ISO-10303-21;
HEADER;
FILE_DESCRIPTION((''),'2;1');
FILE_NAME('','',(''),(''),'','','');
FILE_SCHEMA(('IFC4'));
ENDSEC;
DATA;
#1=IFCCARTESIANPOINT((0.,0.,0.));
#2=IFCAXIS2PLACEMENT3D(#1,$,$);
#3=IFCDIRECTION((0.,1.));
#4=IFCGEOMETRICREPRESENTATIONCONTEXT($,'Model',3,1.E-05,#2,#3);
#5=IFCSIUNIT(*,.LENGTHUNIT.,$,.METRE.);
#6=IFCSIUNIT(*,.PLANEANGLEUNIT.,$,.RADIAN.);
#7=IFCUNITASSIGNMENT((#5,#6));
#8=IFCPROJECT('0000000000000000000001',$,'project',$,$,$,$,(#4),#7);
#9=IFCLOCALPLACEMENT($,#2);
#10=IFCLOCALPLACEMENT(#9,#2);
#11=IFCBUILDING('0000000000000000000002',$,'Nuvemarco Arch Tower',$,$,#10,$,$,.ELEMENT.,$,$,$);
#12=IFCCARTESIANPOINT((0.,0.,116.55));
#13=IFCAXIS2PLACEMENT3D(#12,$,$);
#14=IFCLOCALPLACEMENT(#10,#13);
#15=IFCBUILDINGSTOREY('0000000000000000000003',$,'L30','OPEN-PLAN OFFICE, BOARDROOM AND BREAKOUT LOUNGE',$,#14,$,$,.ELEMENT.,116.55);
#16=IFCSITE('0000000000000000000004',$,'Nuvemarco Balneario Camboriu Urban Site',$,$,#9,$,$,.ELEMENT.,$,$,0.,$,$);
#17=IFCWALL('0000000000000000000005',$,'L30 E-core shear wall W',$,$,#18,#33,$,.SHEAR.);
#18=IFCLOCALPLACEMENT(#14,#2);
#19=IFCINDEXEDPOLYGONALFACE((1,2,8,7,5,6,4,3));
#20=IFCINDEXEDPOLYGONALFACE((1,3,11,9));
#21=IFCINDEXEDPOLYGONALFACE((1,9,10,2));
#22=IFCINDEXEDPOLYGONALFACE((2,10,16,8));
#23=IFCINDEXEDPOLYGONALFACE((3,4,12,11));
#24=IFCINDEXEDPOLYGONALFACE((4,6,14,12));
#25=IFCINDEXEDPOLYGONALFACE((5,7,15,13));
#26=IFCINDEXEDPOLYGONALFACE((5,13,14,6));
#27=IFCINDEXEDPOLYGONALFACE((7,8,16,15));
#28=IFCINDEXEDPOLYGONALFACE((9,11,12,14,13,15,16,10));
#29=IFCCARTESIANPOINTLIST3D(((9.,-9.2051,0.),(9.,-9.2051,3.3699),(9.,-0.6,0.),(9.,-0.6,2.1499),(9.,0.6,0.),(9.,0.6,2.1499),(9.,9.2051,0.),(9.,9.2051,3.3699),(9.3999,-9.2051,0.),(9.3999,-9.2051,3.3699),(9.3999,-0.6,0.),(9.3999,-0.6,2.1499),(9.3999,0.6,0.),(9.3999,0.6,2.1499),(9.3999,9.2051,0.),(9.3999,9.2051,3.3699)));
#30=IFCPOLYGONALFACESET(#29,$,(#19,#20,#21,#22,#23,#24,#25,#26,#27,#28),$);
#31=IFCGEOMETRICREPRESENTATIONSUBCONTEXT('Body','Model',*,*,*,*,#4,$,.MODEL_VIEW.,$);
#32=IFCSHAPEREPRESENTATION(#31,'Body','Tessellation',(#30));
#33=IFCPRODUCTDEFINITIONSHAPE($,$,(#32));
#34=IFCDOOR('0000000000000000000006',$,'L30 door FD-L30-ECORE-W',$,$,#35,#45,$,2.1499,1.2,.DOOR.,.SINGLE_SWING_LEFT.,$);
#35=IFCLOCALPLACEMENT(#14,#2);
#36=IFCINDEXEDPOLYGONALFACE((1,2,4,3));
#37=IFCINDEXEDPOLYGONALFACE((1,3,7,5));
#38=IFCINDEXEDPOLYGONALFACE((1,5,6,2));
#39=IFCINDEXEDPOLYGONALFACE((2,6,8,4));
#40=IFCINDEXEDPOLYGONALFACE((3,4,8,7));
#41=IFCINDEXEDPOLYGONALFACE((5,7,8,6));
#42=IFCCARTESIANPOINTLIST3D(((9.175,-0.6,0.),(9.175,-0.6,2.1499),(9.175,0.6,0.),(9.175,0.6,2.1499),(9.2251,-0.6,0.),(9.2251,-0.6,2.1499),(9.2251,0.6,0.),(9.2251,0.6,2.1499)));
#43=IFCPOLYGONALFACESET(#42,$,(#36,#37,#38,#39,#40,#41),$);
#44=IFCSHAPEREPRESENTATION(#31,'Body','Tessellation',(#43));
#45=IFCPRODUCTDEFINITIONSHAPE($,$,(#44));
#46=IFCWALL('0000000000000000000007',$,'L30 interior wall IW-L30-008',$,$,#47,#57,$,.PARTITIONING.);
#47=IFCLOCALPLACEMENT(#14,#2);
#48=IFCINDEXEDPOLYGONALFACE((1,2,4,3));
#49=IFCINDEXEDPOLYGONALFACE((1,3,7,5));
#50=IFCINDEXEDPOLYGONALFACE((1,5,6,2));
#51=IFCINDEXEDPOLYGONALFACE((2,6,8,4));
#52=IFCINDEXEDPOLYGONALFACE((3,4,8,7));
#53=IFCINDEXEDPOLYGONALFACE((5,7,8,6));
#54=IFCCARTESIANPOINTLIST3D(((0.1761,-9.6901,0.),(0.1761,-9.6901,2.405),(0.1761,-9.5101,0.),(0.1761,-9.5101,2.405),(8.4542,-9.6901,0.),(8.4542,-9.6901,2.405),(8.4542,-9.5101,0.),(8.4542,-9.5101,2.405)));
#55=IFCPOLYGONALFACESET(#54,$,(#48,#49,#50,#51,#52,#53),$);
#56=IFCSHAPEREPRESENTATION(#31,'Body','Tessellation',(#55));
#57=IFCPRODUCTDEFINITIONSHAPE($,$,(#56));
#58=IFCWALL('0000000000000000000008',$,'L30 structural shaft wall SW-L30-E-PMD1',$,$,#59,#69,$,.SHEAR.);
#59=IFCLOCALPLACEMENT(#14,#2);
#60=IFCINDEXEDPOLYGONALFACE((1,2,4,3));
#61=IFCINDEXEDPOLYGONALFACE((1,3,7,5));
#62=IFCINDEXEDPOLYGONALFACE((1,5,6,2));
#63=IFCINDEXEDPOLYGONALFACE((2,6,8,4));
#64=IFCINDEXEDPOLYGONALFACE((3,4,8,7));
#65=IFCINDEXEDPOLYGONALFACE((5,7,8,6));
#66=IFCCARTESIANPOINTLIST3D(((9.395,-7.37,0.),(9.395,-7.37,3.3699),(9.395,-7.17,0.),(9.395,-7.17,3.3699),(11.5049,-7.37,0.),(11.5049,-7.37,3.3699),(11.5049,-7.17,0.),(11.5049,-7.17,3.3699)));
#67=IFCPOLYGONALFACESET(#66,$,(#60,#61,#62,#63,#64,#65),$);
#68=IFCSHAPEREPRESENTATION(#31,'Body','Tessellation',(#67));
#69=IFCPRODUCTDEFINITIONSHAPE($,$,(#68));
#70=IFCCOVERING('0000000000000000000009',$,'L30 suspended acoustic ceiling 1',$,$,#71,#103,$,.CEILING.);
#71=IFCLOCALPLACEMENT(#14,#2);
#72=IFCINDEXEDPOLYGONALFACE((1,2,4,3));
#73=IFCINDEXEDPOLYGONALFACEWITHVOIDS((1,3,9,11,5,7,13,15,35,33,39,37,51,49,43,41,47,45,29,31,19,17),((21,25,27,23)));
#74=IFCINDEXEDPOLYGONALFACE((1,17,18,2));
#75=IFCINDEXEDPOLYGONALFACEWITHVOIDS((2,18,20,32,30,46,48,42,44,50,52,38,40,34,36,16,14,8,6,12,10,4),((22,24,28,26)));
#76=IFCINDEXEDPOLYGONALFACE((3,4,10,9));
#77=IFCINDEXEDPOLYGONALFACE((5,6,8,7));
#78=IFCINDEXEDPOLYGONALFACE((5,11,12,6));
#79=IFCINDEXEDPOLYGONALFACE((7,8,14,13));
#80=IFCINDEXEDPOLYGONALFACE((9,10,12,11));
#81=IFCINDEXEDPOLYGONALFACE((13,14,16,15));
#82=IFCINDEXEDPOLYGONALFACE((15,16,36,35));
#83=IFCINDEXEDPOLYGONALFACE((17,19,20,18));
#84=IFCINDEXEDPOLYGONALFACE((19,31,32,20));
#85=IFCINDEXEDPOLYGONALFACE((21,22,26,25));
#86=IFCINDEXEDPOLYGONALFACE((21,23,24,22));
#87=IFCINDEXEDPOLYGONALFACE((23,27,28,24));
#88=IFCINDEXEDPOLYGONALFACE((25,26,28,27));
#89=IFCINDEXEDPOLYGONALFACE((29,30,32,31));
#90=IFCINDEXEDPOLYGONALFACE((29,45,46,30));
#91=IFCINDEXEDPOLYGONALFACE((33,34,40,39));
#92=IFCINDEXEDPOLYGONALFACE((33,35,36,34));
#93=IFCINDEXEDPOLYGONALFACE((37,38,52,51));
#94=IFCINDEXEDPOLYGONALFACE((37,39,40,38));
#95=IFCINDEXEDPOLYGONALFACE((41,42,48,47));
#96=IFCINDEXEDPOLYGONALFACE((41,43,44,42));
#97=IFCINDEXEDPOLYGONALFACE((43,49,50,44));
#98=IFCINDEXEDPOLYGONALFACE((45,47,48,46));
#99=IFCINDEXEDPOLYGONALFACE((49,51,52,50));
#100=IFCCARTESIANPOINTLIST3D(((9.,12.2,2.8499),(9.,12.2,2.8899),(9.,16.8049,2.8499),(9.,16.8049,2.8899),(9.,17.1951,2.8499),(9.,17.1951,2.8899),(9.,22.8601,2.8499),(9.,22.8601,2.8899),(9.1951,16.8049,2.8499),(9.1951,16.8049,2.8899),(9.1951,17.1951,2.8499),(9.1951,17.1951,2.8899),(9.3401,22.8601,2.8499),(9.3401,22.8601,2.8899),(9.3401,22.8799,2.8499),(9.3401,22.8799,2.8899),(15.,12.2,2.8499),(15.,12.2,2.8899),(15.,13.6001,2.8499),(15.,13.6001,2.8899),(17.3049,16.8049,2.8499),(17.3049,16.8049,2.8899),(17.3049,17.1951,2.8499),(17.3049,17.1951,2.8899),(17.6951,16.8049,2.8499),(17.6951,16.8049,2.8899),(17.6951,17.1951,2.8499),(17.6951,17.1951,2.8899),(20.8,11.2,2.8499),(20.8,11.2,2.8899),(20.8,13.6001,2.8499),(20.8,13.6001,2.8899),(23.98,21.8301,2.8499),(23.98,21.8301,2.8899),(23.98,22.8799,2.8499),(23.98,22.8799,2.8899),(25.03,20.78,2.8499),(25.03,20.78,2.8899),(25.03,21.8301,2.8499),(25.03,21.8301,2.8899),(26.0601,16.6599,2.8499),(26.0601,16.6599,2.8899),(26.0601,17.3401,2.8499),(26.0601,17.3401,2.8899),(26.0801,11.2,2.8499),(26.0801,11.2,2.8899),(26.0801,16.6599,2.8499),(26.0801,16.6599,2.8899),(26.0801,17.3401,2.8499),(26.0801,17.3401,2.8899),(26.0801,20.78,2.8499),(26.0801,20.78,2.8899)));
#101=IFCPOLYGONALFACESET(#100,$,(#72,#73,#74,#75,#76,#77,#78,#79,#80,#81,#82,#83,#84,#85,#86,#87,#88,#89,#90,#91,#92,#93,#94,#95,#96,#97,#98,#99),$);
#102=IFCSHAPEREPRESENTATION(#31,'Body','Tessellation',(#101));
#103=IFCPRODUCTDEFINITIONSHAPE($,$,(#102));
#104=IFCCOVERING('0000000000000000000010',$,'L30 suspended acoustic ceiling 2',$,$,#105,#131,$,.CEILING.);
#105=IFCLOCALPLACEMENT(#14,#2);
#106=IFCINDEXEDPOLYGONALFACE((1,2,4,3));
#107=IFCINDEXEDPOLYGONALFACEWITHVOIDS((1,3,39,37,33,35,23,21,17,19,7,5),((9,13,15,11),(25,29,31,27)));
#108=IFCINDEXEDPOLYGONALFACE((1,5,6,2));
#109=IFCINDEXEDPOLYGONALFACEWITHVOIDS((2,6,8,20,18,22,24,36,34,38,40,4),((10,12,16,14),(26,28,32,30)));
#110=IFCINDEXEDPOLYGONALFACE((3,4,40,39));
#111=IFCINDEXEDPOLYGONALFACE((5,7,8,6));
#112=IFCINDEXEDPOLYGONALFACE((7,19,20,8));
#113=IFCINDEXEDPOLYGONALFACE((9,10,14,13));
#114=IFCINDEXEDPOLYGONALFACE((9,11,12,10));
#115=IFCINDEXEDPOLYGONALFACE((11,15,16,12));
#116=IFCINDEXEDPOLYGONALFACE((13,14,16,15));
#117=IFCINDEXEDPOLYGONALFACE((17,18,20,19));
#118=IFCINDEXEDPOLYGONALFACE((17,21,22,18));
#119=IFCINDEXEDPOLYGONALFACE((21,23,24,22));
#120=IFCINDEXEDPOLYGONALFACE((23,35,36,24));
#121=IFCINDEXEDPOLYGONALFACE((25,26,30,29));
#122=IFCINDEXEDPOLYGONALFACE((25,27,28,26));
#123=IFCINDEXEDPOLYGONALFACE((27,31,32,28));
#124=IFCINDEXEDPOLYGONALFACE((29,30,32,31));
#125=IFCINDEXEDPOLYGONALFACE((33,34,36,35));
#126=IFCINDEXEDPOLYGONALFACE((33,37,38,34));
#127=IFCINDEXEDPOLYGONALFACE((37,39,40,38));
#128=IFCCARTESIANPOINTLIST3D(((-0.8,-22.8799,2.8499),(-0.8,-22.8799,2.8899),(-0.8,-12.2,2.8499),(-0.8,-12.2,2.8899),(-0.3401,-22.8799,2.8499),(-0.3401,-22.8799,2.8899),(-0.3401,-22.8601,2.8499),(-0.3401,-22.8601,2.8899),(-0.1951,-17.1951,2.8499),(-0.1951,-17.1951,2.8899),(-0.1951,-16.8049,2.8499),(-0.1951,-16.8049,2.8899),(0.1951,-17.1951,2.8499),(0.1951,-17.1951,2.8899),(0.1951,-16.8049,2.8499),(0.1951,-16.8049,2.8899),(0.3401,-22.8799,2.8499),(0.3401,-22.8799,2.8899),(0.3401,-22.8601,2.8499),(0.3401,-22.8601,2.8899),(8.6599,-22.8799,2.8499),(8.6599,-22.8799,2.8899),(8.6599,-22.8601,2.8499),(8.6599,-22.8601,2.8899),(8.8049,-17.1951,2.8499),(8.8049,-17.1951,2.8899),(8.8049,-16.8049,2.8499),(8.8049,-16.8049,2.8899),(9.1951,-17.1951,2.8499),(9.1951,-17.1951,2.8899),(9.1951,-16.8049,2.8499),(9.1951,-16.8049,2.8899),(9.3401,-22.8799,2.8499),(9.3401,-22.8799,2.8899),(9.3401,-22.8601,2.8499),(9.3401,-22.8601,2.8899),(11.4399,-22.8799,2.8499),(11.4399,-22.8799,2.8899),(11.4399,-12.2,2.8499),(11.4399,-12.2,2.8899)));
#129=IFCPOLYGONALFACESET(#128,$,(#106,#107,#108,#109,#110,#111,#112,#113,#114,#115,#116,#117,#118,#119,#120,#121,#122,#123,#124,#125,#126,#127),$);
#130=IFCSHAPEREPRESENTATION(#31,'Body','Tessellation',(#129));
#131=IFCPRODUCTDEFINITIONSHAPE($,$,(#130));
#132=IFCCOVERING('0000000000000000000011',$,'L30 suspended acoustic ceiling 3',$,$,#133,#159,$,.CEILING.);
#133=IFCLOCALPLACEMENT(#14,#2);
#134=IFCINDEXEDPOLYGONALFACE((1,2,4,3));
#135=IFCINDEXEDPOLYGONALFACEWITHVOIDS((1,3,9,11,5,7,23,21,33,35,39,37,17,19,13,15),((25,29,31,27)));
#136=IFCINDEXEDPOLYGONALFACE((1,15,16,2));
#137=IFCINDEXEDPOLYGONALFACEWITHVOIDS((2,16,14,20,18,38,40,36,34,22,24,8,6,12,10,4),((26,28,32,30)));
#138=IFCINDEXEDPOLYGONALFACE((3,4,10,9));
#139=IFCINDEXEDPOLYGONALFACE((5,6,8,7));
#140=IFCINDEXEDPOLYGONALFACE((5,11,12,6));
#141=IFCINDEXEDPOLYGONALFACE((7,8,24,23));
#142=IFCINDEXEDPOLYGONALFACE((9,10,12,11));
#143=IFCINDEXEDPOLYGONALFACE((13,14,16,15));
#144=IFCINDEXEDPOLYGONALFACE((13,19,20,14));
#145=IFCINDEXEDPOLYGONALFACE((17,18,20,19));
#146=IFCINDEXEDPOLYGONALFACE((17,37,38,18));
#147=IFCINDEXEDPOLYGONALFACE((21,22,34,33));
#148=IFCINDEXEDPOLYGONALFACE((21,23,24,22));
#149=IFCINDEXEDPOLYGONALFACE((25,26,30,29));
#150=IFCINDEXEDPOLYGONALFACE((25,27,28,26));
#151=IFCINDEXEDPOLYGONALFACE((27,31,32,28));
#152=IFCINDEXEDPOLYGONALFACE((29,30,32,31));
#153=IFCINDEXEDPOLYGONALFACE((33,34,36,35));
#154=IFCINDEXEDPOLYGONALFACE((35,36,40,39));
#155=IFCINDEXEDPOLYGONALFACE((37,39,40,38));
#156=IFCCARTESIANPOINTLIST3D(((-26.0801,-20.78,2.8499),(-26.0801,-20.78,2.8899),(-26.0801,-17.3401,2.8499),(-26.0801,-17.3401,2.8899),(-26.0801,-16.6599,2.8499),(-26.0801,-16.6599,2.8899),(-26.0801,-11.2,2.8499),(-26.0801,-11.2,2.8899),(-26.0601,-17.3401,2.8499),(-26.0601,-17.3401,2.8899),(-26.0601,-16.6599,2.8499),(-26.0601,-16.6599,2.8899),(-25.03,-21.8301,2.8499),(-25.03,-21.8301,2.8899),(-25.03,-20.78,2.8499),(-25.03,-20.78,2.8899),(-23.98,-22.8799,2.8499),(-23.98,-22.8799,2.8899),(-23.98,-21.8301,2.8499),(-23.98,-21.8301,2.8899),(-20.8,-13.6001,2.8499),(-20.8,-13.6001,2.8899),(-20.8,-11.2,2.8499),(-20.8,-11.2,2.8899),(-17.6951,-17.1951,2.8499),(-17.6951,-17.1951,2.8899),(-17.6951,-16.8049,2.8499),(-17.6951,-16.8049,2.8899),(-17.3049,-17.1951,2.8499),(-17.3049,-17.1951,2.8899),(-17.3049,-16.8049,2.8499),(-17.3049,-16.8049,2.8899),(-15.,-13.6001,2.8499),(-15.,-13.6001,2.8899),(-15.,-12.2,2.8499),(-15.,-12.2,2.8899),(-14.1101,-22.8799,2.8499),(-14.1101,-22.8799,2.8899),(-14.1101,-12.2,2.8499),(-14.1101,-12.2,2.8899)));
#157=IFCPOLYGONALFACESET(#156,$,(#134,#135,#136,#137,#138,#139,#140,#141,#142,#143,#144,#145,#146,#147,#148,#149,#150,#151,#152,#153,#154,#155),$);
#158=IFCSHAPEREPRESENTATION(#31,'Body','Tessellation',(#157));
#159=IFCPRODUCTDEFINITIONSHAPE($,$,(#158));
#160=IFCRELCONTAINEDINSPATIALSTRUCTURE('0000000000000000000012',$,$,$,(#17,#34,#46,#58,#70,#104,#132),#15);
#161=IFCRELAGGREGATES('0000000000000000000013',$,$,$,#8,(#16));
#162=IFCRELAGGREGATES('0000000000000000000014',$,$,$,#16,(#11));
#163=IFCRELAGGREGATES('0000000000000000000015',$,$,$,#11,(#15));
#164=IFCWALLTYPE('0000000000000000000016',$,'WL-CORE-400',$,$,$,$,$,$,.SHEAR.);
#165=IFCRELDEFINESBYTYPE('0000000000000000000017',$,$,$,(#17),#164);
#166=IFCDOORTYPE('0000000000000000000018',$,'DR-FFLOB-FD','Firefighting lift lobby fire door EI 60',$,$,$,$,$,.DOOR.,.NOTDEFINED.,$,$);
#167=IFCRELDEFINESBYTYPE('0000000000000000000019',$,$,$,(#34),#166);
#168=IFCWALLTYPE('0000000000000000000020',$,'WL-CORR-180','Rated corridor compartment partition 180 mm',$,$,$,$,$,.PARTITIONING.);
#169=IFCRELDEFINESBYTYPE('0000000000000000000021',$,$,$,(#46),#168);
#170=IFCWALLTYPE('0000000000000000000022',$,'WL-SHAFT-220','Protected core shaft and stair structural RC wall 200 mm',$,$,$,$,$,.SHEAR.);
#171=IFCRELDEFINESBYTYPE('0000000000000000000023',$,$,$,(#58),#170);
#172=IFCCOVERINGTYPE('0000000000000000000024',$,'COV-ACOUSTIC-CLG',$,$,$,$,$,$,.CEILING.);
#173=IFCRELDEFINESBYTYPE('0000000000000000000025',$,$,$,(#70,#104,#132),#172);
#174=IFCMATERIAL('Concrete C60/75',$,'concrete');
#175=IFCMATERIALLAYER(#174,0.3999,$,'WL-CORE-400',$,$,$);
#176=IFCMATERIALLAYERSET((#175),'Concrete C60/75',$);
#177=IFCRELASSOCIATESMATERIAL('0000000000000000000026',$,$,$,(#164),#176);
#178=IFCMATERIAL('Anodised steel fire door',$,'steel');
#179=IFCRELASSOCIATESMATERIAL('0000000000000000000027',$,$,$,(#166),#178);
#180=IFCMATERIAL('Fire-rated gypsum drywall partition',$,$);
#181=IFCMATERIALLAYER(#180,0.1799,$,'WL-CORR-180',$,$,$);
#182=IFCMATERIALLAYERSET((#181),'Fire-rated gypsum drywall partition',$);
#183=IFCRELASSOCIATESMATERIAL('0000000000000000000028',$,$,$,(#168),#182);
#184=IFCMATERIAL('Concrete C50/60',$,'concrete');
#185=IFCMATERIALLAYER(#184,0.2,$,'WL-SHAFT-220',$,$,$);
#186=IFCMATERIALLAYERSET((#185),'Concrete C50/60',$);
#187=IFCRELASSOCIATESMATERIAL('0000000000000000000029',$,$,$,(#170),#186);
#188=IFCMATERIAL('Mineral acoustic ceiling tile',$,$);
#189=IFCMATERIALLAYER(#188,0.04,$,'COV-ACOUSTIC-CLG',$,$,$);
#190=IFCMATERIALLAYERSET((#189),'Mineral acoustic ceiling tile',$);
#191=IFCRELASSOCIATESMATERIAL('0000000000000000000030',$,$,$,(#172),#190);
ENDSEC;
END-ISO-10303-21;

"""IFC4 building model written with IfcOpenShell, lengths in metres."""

from ifc_helpers import new_model, si_unit, direction, frame, frame_2d, origin, place, context, subcontext, project, spatial, polyline, rectangle, outline, extrude, source, transform, mapped, material, layer, layer_set, type_object, type_shapes, element, fill, save


model = new_model("IFC4")

# Units and contexts
model_context = context("Model", 3, precision=1e-05, world=origin(), true_north=direction((0.0, 1.0)))
body_context = subcontext(model_context, "Body", "Model", "MODEL_VIEW")
ifc_project = project(units=[si_unit("LENGTHUNIT", "METRE"), si_unit("PLANEANGLEUNIT", "RADIAN")], contexts=[model_context])

# Site, building, storey
site_placement = place(None, origin())
site = spatial("IfcSite", under=ifc_project, at=site_placement, Name="Nuvemarco Balneario Camboriu Urban Site", CompositionType="ELEMENT", RefElevation=0.0)
building_placement = place(site_placement, origin())
building = spatial("IfcBuilding", under=site, at=building_placement, Name="Nuvemarco Arch Tower", CompositionType="ELEMENT")
storey_placement = place(building_placement, frame((0.0, 0.0, 116.55)))
storey = spatial("IfcBuildingStorey", under=building, at=storey_placement, Name="L30", Description="OPEN-PLAN OFFICE, BOARDROOM AND BREAKOUT LOUNGE", CompositionType="ELEMENT", Elevation=116.55)

# Shared definitions
ifc_material_1 = material(Name="Concrete C60/75", Category="concrete")

# Shared definitions
ifc_layer_1 = layer(ifc_material_1, 0.3999, Name="WL-CORE-400")
ifc_layer_set_1 = layer_set([ifc_layer_1], Name="Concrete C60/75")
wall_type_1 = type_object("IfcWallType", Name="WL-CORE-400", PredefinedType="SHEAR", material=ifc_layer_set_1)

# Wall, opening, door
wall_1_placement = place(storey_placement, frame((9.2, -9.2051, 0.0), z_axis=(0.0, 0.0, 1.0), x_axis=(0.0, 1.0, 0.0)))
wall_1 = element("IfcWall", 1, at=wall_1_placement, inside=storey, type_object=wall_type_1, Name="L30 E-core shear wall W", PredefinedType="SHEAR", context=body_context, shape_type="SweptSolid", body=[
    extrude(rectangle(XDim=18.4102, YDim=0.3999, at=frame_2d((9.2051, 0.0))), origin(), (0.0, 0.0, 1.0), 3.3699),
])
opening_placement = place(wall_1_placement, frame((8.605, 0.0, 0.0)))
opening = element("IfcOpeningElement", 2, at=opening_placement, cuts=wall_1, PredefinedType="OPENING", context=body_context, shape_type="SweptSolid", body=[
    extrude(rectangle(XDim=1.2, YDim=2.1499, at=frame_2d((0.6001, 1.075))), frame((0.0, 0.21, 0.0), z_axis=(0.0, -1.0, 0.0), x_axis=(1.0, 0.0, 0.0)), (0.0, 0.0, 1.0), 0.4199),
])
ifc_material_2 = material(Name="Anodised steel fire door", Category="steel")
door_type = type_object("IfcDoorType", Name="DR-FFLOB-FD", Description="Firefighting lift lobby fire door EI 60", OperationType="NOTDEFINED", PredefinedType="DOOR", material=ifc_material_2)
shared_shape_1 = source(origin(), body_context, "Body", "SweptSolid", [
    extrude(rectangle(XDim=1.2, YDim=2.1499, at=frame_2d((0.6001, 1.075))), frame((0.0, 0.0249, 0.0), z_axis=(0.0, -1.0, 0.0), x_axis=(1.0, 0.0, 0.0)), (0.0, 0.0, 1.0), 0.05),
])
type_shapes(door_type, [shared_shape_1])
door_placement = place(opening_placement, origin())
door = element("IfcDoor", 3, at=door_placement, inside=storey, type_object=door_type, Name="L30 door FD-L30-ECORE-W", OperationType="SINGLE_SWING_LEFT", OverallHeight=2.1499, OverallWidth=1.2, PredefinedType="DOOR", context=body_context, shape_type="MappedRepresentation", body=[
    mapped(shared_shape_1, transform((0.0, 0.0, 0.0), scale=1.0)),
])
fill(opening, door)

# Walls
ifc_material_3 = material(Name="Fire-rated gypsum drywall partition")
ifc_layer_2 = layer(ifc_material_3, 0.1799, Name="WL-CORR-180")
ifc_layer_set_2 = layer_set([ifc_layer_2], Name="Fire-rated gypsum drywall partition")
wall_type_2 = type_object("IfcWallType", Name="WL-CORR-180", Description="Rated corridor compartment partition 180 mm", PredefinedType="PARTITIONING", material=ifc_layer_set_2)
wall_2_placement = place(storey_placement, frame((0.176, -9.6001, 0.0), z_axis=(0.0, 0.0, 1.0), x_axis=(1.0, 0.0, 0.0)))
element("IfcWall", 4, at=wall_2_placement, inside=storey, type_object=wall_type_2, Name="L30 interior wall IW-L30-008", PredefinedType="PARTITIONING", context=body_context, shape_type="SweptSolid", body=[
    extrude(rectangle(XDim=8.2781, YDim=0.1799, at=frame_2d((4.1392, 0.0))), origin(), (0.0, 0.0, 1.0), 2.405),
])
ifc_material_4 = material(Name="Concrete C50/60", Category="concrete")
ifc_layer_3 = layer(ifc_material_4, 0.2, Name="WL-SHAFT-220")
ifc_layer_set_3 = layer_set([ifc_layer_3], Name="Concrete C50/60")
wall_type_3 = type_object("IfcWallType", Name="WL-SHAFT-220", Description="Protected core shaft and stair structural RC wall 200 mm", PredefinedType="SHEAR", material=ifc_layer_set_3)
wall_3_placement = place(storey_placement, frame((9.395, -7.27, 0.0), z_axis=(0.0, 0.0, 1.0), x_axis=(1.0, 0.0, 0.0)))
element("IfcWall", 5, at=wall_3_placement, inside=storey, type_object=wall_type_3, Name="L30 structural shaft wall SW-L30-E-PMD1", PredefinedType="SHEAR", context=body_context, shape_type="SweptSolid", body=[
    extrude(rectangle(XDim=2.1099, YDim=0.2, at=frame_2d((1.0549, 0.0))), origin(), (0.0, 0.0, 1.0), 3.3699),
])

# Coverings
ifc_material_5 = material(Name="Mineral acoustic ceiling tile")
ifc_layer_4 = layer(ifc_material_5, 0.04, Name="COV-ACOUSTIC-CLG")
ifc_layer_set_4 = layer_set([ifc_layer_4], Name="Mineral acoustic ceiling tile")
covering_type_1 = type_object("IfcCoveringType", Name="COV-ACOUSTIC-CLG", PredefinedType="CEILING", material=ifc_layer_set_4)
covering_1_placement = place(storey_placement, frame((0.0, 0.0, 2.8499)))
element("IfcCovering", 6, at=covering_1_placement, inside=storey, type_object=covering_type_1, Name="L30 suspended acoustic ceiling 1", PredefinedType="CEILING", context=body_context, shape_type="SweptSolid", body=[
    extrude(outline(polyline([(26.0801, 20.78), (26.0801, 17.3401), (26.0601, 17.3401), (26.0601, 16.6599), (26.0801, 16.6599), (26.0801, 11.2), (20.8, 11.2), (20.8, 13.6001), (15.0, 13.6001), (15.0, 12.2), (9.0, 12.2), (9.0, 16.8049), (9.1951, 16.8049), (9.1951, 17.1951), (9.0, 17.1951), (9.0, 22.8601), (9.3401, 22.8601), (9.3401, 22.8799), (23.98, 22.8799), (23.98, 21.8301), (25.03, 21.8301), (25.03, 20.78), (26.0801, 20.78)]), holes=[polyline([(17.6951, 16.8049), (17.6951, 17.1951), (17.3049, 17.1951), (17.3049, 16.8049), (17.6951, 16.8049)])]), origin(), (0.0, 0.0, 1.0), 0.04),
])
covering_2_placement = place(storey_placement, frame((0.0, 0.0, 2.8499)))
element("IfcCovering", 7, at=covering_2_placement, inside=storey, type_object=covering_type_1, Name="L30 suspended acoustic ceiling 2", PredefinedType="CEILING", context=body_context, shape_type="SweptSolid", body=[
    extrude(outline(polyline([(9.3401, -22.8799), (9.3401, -22.8601), (8.6599, -22.8601), (8.6599, -22.8799), (0.3401, -22.8799), (0.3401, -22.8601), (-0.3401, -22.8601), (-0.3401, -22.8799), (-0.8, -22.8799), (-0.8, -12.2), (11.4399, -12.2), (11.4399, -22.8799), (9.3401, -22.8799)]), holes=[polyline([(0.1951, -17.1951), (0.1951, -16.8049), (-0.1951, -16.8049), (-0.1951, -17.1951), (0.1951, -17.1951)]), polyline([(9.1951, -17.1951), (9.1951, -16.8049), (8.8049, -16.8049), (8.8049, -17.1951), (9.1951, -17.1951)])]), origin(), (0.0, 0.0, 1.0), 0.04),
])
covering_3_placement = place(storey_placement, frame((0.0, 0.0, 2.8499)))
element("IfcCovering", 8, at=covering_3_placement, inside=storey, type_object=covering_type_1, Name="L30 suspended acoustic ceiling 3", PredefinedType="CEILING", context=body_context, shape_type="SweptSolid", body=[
    extrude(outline(polyline([(-26.0801, -20.78), (-26.0801, -17.3401), (-26.0601, -17.3401), (-26.0601, -16.6599), (-26.0801, -16.6599), (-26.0801, -11.2), (-20.8, -11.2), (-20.8, -13.6001), (-15.0, -13.6001), (-15.0, -12.2), (-14.1101, -12.2), (-14.1101, -22.8799), (-23.98, -22.8799), (-23.98, -21.8301), (-25.03, -21.8301), (-25.03, -20.78), (-26.0801, -20.78)]), holes=[polyline([(-17.3049, -16.8049), (-17.6951, -16.8049), (-17.6951, -17.1951), (-17.3049, -17.1951), (-17.3049, -16.8049)])]), origin(), (0.0, 0.0, 1.0), 0.04),
])

save(model, "model.ifc")
